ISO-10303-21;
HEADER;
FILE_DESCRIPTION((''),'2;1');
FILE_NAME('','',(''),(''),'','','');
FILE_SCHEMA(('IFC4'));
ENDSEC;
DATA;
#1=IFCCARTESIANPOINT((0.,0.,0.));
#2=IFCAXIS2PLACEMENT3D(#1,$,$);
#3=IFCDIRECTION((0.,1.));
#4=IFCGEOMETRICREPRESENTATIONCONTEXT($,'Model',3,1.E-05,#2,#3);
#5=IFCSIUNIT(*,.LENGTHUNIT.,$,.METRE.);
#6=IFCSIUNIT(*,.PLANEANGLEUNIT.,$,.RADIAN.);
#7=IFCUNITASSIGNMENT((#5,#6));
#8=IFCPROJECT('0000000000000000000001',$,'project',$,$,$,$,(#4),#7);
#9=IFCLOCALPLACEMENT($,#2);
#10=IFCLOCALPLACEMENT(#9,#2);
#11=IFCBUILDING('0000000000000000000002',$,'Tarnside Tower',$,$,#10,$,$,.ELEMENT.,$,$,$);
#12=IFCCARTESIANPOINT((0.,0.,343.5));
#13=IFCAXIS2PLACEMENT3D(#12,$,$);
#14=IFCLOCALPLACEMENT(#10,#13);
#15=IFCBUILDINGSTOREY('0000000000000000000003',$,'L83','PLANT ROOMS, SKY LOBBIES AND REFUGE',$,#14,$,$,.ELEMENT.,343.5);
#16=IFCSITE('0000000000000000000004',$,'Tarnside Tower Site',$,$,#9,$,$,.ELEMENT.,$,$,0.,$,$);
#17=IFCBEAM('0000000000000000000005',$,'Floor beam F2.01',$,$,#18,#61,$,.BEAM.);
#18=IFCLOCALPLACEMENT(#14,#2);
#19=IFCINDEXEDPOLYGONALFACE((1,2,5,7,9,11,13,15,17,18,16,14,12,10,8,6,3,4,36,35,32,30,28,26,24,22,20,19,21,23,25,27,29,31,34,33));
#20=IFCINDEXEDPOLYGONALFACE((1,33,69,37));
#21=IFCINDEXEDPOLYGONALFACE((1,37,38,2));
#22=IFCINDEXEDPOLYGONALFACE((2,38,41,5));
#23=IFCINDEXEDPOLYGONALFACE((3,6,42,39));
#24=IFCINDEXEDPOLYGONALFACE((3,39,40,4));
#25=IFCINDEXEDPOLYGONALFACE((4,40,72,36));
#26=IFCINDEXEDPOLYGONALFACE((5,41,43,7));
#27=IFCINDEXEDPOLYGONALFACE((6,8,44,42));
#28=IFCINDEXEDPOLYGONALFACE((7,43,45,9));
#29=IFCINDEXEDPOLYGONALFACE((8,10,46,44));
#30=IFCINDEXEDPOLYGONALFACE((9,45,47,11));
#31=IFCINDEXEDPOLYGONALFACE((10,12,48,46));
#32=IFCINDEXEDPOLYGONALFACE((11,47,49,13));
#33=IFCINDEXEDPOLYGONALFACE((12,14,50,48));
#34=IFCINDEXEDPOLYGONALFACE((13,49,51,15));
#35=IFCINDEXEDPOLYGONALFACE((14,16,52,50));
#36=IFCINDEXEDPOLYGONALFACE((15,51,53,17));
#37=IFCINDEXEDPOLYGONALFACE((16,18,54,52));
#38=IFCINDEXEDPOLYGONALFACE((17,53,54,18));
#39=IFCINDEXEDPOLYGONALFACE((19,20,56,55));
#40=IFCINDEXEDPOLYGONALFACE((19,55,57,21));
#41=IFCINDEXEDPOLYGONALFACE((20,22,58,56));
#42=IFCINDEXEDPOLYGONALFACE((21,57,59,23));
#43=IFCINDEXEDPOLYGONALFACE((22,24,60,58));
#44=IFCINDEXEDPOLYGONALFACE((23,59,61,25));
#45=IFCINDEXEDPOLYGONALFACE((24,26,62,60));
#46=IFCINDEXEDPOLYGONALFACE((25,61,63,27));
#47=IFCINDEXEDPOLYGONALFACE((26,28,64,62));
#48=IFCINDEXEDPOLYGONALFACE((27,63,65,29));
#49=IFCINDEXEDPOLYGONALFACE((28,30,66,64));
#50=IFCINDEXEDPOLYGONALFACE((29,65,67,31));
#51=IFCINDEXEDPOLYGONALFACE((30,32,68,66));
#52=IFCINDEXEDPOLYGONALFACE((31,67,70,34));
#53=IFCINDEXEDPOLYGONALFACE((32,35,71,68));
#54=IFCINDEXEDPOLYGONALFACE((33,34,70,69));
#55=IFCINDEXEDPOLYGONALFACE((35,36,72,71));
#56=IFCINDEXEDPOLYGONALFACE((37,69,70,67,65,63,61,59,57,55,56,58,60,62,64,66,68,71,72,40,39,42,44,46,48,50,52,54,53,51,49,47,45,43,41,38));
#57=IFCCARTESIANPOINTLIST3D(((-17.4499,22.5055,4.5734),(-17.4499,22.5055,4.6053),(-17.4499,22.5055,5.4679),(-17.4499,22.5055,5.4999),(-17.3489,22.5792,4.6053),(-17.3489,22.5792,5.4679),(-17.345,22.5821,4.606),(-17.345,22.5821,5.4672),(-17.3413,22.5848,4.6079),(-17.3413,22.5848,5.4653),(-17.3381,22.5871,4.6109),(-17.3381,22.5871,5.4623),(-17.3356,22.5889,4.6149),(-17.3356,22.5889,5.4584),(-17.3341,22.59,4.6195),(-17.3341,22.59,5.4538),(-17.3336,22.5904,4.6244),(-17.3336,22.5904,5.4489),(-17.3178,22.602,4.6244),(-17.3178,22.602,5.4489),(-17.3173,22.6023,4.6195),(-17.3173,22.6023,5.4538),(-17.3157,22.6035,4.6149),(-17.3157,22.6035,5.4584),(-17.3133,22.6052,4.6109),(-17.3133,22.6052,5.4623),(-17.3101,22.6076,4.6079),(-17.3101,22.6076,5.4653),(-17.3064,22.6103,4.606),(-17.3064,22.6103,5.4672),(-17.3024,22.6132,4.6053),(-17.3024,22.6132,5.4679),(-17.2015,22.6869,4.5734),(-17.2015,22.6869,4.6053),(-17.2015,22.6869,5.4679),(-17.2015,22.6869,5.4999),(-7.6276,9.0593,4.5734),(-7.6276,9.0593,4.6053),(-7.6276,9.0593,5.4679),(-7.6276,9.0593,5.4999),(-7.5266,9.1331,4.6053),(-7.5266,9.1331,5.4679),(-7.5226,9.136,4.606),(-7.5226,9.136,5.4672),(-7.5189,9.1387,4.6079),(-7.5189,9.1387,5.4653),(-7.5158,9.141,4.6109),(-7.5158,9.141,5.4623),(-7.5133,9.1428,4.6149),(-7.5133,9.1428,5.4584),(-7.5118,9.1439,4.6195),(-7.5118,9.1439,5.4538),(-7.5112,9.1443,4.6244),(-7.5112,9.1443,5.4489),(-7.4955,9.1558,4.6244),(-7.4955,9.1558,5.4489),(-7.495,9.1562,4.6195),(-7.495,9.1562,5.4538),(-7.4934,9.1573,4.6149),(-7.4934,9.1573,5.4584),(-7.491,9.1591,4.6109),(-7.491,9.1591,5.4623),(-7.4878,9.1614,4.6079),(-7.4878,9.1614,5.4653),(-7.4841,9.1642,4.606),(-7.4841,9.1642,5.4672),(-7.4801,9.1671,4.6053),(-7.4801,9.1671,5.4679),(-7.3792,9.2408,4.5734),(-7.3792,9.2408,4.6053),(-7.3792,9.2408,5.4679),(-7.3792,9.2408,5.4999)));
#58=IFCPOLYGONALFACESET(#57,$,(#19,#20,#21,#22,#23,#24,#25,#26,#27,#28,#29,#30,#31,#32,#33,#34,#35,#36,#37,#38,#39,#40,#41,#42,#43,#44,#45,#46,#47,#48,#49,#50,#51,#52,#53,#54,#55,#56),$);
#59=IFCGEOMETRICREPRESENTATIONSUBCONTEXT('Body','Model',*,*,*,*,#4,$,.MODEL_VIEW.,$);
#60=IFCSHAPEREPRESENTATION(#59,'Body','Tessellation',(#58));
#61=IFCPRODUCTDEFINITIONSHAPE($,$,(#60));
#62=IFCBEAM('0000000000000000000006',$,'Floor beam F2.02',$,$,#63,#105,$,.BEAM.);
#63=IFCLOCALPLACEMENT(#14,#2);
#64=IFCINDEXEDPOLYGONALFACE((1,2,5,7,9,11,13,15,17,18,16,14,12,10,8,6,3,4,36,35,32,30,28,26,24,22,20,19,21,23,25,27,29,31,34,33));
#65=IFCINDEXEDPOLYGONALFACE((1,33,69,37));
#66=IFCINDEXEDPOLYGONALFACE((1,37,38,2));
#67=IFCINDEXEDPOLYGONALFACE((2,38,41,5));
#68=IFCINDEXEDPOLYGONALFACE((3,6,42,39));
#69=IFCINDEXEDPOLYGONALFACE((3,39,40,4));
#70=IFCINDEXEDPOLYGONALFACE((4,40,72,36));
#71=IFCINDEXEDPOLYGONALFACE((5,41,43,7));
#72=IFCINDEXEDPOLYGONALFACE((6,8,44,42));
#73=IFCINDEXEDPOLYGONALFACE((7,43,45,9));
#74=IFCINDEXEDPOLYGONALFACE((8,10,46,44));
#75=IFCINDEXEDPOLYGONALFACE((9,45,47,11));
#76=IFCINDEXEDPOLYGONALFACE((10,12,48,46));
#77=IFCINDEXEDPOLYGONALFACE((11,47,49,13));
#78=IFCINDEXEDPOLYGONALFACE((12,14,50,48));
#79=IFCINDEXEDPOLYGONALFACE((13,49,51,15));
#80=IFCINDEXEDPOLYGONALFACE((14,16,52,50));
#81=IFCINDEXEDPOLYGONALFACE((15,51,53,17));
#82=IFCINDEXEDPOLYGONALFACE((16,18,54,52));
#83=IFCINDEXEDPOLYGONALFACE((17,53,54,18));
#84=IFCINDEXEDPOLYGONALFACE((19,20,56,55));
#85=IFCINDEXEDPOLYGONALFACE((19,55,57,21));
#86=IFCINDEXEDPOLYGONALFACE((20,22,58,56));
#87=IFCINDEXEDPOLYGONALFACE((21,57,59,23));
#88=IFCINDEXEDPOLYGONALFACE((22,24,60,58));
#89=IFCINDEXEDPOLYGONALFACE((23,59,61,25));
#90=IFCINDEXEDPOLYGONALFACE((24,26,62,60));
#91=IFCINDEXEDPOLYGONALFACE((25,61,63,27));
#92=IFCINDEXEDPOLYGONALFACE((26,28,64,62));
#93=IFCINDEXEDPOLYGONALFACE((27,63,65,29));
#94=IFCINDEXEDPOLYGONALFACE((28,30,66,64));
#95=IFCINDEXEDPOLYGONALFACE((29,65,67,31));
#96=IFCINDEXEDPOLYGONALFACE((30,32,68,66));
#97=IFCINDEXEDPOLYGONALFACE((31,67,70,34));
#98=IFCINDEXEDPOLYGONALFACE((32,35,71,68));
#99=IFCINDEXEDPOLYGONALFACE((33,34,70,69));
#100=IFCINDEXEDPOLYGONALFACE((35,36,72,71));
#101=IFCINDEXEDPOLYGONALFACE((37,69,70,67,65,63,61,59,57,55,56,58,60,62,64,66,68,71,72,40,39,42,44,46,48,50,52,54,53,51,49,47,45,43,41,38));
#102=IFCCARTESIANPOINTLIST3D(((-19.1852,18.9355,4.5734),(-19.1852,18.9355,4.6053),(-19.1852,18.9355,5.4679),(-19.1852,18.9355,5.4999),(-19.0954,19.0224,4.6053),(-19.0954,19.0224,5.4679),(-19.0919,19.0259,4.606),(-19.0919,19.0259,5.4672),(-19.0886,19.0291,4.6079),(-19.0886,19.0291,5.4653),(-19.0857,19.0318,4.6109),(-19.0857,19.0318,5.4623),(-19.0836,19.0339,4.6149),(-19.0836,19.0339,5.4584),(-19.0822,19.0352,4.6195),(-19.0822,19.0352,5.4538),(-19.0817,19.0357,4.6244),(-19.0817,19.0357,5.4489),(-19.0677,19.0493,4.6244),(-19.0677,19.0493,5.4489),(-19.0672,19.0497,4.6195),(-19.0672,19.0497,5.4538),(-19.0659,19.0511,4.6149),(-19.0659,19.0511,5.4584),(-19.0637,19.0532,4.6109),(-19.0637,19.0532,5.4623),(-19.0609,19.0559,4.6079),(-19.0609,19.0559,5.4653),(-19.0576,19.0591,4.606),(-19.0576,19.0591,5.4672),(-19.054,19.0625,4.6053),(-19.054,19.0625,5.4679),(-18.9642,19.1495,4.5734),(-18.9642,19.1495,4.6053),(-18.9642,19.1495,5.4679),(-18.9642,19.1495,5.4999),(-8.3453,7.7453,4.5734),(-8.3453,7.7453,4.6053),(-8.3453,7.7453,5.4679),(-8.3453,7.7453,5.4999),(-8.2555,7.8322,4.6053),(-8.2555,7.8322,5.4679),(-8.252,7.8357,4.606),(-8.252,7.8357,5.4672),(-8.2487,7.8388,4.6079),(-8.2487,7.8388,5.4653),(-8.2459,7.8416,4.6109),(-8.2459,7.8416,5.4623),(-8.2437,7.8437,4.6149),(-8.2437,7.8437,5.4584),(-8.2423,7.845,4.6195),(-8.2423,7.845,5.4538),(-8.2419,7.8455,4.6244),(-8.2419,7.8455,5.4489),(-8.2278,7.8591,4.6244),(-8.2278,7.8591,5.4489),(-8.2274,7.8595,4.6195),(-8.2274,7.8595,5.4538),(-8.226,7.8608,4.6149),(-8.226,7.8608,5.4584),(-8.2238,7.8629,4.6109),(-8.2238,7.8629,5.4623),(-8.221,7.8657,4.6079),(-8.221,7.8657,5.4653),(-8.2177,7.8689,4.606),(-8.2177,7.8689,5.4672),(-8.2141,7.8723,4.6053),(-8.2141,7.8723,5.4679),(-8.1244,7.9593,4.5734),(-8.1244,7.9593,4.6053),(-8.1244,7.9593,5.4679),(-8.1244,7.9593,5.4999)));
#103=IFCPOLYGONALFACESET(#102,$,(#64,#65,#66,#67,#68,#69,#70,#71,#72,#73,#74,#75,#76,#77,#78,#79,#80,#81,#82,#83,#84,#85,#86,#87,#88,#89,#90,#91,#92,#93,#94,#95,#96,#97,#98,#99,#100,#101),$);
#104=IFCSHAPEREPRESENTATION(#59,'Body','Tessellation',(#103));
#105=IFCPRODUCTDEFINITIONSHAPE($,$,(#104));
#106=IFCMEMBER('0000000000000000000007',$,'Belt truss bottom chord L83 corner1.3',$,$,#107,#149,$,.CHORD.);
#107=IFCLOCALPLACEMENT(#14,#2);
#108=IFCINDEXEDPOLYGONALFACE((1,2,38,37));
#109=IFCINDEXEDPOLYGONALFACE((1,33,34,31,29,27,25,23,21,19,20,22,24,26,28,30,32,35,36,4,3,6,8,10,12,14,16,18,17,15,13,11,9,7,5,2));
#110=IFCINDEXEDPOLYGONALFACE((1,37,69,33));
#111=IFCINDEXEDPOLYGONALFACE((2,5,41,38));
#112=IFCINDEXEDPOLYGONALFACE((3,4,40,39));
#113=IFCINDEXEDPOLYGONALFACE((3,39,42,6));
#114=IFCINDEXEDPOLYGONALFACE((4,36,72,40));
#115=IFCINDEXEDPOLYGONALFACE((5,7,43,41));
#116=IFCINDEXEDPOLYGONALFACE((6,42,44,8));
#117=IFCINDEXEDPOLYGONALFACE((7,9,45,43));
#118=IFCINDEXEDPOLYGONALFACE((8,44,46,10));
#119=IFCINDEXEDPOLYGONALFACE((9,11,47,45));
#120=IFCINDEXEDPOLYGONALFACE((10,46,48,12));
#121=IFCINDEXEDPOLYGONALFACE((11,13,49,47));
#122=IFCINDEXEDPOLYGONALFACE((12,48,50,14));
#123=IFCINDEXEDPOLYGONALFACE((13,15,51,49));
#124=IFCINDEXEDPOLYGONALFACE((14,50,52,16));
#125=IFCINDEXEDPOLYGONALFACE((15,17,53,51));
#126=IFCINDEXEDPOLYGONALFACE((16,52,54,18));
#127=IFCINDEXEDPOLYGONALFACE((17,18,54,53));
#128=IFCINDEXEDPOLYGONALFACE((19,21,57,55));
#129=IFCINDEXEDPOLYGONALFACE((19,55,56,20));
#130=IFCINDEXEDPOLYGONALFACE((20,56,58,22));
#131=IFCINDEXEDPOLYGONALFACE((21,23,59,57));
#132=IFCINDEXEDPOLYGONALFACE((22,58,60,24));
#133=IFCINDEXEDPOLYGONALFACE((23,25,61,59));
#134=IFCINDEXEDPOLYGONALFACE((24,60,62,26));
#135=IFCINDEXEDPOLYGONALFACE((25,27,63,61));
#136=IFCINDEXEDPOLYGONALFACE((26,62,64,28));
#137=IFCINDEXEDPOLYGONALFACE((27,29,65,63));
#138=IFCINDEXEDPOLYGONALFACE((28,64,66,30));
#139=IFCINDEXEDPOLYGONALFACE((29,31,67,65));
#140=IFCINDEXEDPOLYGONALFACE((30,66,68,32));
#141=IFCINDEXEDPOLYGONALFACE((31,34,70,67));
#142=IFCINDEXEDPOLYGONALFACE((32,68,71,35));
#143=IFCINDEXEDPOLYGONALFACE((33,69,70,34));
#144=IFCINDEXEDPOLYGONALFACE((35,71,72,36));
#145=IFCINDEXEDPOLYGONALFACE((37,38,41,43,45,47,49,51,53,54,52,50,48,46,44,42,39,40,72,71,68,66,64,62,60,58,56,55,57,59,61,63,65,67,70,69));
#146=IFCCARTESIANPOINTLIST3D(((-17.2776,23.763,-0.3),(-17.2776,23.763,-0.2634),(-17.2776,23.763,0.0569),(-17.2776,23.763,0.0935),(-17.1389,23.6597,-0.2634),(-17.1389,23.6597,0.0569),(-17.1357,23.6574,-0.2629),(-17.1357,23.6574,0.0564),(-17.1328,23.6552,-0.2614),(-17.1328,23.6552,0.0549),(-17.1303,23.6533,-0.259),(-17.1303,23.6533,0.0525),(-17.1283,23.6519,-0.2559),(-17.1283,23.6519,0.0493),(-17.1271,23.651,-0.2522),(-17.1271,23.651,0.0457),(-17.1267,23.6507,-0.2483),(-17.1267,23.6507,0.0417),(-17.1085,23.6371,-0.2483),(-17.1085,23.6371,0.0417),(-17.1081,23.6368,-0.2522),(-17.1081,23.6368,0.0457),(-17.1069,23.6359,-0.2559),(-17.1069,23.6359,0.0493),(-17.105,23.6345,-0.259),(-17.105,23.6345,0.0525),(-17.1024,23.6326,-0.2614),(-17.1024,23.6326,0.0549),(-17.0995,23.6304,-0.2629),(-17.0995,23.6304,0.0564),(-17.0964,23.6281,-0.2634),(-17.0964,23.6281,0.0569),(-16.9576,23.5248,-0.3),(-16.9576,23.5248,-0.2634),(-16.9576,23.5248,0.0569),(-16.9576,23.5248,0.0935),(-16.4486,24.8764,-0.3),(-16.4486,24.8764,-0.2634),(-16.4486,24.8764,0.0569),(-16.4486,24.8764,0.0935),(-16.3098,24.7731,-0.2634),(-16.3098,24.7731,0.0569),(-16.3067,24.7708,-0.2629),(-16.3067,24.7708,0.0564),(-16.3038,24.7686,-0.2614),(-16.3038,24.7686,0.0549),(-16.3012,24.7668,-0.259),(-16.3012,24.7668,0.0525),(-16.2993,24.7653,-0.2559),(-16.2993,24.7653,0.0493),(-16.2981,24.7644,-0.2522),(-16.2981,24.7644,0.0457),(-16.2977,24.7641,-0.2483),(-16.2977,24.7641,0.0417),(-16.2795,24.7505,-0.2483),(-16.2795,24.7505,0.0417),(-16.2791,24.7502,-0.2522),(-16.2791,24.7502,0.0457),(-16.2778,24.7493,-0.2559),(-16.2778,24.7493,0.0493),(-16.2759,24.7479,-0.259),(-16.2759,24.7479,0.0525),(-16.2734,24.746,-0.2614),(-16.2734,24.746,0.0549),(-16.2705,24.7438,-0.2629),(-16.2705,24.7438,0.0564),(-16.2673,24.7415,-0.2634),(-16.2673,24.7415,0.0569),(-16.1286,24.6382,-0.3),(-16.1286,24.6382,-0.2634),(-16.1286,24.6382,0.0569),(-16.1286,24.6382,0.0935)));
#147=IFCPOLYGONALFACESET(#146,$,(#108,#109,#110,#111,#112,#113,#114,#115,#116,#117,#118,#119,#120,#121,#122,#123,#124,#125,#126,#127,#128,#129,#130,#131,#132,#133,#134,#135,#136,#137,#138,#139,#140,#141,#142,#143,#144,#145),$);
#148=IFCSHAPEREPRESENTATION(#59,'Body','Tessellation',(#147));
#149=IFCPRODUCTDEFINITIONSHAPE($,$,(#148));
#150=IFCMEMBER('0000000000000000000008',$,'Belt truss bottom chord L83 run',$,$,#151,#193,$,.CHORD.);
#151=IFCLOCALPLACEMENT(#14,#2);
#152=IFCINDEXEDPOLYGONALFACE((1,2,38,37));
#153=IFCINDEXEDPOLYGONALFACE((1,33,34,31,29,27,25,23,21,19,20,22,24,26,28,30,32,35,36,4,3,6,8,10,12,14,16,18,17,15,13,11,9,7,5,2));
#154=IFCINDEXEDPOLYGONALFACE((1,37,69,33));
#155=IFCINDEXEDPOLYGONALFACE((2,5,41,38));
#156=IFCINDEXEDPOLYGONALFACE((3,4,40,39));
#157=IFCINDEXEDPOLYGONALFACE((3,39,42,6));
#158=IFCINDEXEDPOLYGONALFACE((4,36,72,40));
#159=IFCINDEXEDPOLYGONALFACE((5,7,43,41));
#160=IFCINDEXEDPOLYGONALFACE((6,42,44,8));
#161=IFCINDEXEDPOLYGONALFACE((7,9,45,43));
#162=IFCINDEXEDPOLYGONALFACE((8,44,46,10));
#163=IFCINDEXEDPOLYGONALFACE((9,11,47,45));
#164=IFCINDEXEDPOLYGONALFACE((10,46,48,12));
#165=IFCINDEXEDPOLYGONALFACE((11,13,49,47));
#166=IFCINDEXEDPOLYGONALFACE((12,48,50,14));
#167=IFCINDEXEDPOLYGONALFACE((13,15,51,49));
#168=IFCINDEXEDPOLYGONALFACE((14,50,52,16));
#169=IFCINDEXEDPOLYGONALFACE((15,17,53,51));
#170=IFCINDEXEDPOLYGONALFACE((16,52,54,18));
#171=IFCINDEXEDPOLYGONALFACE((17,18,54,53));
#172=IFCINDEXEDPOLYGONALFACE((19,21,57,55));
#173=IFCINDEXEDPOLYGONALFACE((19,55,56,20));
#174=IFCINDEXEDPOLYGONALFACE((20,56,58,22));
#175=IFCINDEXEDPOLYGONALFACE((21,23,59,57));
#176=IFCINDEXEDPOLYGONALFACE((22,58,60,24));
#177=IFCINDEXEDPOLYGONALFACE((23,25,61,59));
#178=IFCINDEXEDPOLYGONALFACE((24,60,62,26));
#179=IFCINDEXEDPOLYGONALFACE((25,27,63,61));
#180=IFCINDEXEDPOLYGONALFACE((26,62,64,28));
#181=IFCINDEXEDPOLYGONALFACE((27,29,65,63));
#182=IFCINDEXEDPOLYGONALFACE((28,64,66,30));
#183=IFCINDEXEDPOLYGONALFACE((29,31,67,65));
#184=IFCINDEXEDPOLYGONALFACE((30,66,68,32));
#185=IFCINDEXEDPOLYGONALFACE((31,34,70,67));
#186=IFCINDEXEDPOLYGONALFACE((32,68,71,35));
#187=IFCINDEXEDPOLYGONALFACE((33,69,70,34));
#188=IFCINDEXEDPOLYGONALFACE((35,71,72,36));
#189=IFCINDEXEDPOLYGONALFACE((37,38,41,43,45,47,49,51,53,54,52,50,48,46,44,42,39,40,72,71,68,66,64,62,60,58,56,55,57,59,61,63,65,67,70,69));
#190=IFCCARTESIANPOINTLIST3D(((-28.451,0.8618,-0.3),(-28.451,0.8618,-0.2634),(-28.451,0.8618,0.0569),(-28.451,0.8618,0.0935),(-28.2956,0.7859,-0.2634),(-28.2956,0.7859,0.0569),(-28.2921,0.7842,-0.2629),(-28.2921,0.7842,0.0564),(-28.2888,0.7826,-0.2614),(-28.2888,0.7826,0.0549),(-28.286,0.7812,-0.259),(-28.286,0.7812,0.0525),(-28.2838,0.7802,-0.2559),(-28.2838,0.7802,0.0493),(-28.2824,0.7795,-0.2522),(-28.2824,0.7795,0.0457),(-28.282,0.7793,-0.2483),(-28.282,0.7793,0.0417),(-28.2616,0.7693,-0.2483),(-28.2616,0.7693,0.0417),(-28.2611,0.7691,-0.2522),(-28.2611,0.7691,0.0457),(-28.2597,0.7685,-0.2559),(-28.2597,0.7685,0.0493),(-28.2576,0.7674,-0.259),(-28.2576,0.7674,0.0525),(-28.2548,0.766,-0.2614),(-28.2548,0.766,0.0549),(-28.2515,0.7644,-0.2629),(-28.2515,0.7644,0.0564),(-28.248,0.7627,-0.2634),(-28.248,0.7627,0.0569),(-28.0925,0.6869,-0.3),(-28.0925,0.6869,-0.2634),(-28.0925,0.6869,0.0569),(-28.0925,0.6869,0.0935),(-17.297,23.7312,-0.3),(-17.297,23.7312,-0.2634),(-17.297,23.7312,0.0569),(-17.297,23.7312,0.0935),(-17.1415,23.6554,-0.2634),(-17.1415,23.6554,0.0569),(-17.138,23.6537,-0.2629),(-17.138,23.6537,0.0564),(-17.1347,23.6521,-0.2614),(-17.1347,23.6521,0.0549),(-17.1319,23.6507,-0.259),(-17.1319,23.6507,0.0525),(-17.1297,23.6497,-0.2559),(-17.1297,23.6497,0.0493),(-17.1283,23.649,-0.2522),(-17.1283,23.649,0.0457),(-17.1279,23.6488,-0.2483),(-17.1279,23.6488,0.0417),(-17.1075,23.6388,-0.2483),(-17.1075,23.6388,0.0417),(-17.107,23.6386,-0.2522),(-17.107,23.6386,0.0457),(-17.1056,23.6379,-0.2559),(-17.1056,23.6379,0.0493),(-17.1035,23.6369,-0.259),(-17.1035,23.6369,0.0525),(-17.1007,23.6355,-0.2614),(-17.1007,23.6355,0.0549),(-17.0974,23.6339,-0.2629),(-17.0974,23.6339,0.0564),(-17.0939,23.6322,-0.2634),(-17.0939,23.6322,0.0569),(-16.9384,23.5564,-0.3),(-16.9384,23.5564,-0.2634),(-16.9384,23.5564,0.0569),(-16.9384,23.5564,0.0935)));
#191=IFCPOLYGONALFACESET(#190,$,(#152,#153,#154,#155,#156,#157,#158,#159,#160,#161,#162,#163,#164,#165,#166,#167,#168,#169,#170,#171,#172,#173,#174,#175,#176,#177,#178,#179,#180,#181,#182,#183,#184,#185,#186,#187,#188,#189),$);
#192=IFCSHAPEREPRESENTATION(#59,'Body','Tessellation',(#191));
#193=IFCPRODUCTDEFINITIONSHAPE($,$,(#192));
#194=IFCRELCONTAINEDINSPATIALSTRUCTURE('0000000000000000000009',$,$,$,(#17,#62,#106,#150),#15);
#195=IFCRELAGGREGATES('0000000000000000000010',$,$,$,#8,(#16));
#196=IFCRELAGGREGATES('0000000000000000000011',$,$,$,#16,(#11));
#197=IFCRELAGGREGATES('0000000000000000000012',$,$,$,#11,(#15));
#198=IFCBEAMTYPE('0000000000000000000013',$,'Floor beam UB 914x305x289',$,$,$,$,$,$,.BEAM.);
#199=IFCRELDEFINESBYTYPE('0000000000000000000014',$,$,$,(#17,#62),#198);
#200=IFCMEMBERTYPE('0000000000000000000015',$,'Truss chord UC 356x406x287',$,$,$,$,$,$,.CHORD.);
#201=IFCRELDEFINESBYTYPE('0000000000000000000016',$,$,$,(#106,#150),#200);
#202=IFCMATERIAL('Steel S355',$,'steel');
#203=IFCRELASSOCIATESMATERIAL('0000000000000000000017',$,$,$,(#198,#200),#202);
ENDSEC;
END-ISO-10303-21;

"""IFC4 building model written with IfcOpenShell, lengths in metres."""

from ifc_helpers import new_model, si_unit, direction, frame, origin, origin_2d, place, context, subcontext, project, spatial, i_section, extrude, material, material_profile, profile_set, type_object, element, save


model = new_model("IFC4")

# Units and contexts
model_context = context("Model", 3, precision=1e-05, world=origin(), true_north=direction((0.0, 1.0)))
body_context = subcontext(model_context, "Body", "Model", "MODEL_VIEW")
ifc_project = project(units=[si_unit("LENGTHUNIT", "METRE"), si_unit("PLANEANGLEUNIT", "RADIAN")], contexts=[model_context])

# Site, building, storey
site_placement = place(None, origin())
site = spatial("IfcSite", under=ifc_project, at=site_placement, Name="Tarnside Tower Site", CompositionType="ELEMENT", RefElevation=0.0)
building_placement = place(site_placement, origin())
building = spatial("IfcBuilding", under=site, at=building_placement, Name="Tarnside Tower", CompositionType="ELEMENT")
storey_placement = place(building_placement, frame((0.0, 0.0, 343.5)))
storey = spatial("IfcBuildingStorey", under=building, at=storey_placement, Name="L83", Description="PLANT ROOMS, SKY LOBBIES AND REFUGE", CompositionType="ELEMENT", Elevation=343.5)

# Beams
ifc_material_1 = material(Name="Steel S355", Category="steel")
ifc_material_profile_1 = material_profile(ifc_material_1, i_section(OverallWidth=0.3076, OverallDepth=0.9265, WebThickness=0.0195, FlangeThickness=0.032, FilletRadius=0.019, at=origin_2d()), Name="UB 914x305x289")
ifc_profile_set_1 = profile_set([ifc_material_profile_1], Name="Steel S355")
beam_type = type_object("IfcBeamType", Name="Floor beam UB 914x305x289", PredefinedType="BEAM", material=ifc_profile_set_1)
beam_1_placement = place(storey_placement, frame((-17.3257, 22.5962, 5.0366), z_axis=(0.589872, -0.807497, 0.0), x_axis=(0.807497, 0.589872, 0.0)))
element("IfcBeam", 1, at=beam_1_placement, inside=storey, type_object=beam_type, Name="Floor beam F2.01", PredefinedType="BEAM", context=body_context, shape_type="SweptSolid", body=[
    extrude(i_section(OverallWidth=0.3076, OverallDepth=0.9265, WebThickness=0.0195, FlangeThickness=0.032, FilletRadius=0.019, at=origin_2d()), origin(), (0.0, 0.0, 1.0), 16.6516),
])
beam_2_placement = place(storey_placement, frame((-19.0747, 19.0425, 5.0366), z_axis=(0.695774, -0.718261, 0.0), x_axis=(0.718261, 0.695774, 0.0)))
element("IfcBeam", 2, at=beam_2_placement, inside=storey, type_object=beam_type, Name="Floor beam F2.02", PredefinedType="BEAM", context=body_context, shape_type="SweptSolid", body=[
    extrude(i_section(OverallWidth=0.3076, OverallDepth=0.9265, WebThickness=0.0195, FlangeThickness=0.032, FilletRadius=0.019, at=origin_2d()), origin(), (0.0, 0.0, 1.0), 15.5796),
])

# Members
ifc_material_profile_2 = material_profile(ifc_material_1, i_section(OverallWidth=0.3989, OverallDepth=0.3936, WebThickness=0.0227, FlangeThickness=0.0366, FilletRadius=0.0151, at=origin_2d()), Name="UC 356x406x287")
ifc_profile_set_2 = profile_set([ifc_material_profile_2], Name="Steel S355")
member_type_1 = type_object("IfcMemberType", Name="Truss chord UC 356x406x287", PredefinedType="CHORD", material=ifc_profile_set_2)
member_1_placement = place(storey_placement, frame((-16.2886, 24.7573, -0.1033), z_axis=(-0.597211, -0.802084, 0.0), x_axis=(0.802084, -0.597211, 0.0)))
element("IfcMember", 3, at=member_1_placement, inside=storey, type_object=member_type_1, Name="Belt truss bottom chord L83 corner1.3", PredefinedType="CHORD", context=body_context, shape_type="SweptSolid", body=[
    extrude(i_section(OverallWidth=0.3989, OverallDepth=0.3936, WebThickness=0.0227, FlangeThickness=0.0366, FilletRadius=0.0151, at=origin_2d()), origin(), (0.0, 0.0, 1.0), 1.3882),
])
member_2_placement = place(storey_placement, frame((-17.1177, 23.6438, -0.1033), z_axis=(-0.438368, -0.898795, 0.0), x_axis=(0.898795, -0.438368, 0.0)))
element("IfcMember", 4, at=member_2_placement, inside=storey, type_object=member_type_1, Name="Belt truss bottom chord L83 run", PredefinedType="CHORD", context=body_context, shape_type="SweptSolid", body=[
    extrude(i_section(OverallWidth=0.3989, OverallDepth=0.3936, WebThickness=0.0227, FlangeThickness=0.0366, FilletRadius=0.0151, at=origin_2d()), origin(), (0.0, 0.0, 1.0), 25.4446),
])

save(model, "model.ifc")
